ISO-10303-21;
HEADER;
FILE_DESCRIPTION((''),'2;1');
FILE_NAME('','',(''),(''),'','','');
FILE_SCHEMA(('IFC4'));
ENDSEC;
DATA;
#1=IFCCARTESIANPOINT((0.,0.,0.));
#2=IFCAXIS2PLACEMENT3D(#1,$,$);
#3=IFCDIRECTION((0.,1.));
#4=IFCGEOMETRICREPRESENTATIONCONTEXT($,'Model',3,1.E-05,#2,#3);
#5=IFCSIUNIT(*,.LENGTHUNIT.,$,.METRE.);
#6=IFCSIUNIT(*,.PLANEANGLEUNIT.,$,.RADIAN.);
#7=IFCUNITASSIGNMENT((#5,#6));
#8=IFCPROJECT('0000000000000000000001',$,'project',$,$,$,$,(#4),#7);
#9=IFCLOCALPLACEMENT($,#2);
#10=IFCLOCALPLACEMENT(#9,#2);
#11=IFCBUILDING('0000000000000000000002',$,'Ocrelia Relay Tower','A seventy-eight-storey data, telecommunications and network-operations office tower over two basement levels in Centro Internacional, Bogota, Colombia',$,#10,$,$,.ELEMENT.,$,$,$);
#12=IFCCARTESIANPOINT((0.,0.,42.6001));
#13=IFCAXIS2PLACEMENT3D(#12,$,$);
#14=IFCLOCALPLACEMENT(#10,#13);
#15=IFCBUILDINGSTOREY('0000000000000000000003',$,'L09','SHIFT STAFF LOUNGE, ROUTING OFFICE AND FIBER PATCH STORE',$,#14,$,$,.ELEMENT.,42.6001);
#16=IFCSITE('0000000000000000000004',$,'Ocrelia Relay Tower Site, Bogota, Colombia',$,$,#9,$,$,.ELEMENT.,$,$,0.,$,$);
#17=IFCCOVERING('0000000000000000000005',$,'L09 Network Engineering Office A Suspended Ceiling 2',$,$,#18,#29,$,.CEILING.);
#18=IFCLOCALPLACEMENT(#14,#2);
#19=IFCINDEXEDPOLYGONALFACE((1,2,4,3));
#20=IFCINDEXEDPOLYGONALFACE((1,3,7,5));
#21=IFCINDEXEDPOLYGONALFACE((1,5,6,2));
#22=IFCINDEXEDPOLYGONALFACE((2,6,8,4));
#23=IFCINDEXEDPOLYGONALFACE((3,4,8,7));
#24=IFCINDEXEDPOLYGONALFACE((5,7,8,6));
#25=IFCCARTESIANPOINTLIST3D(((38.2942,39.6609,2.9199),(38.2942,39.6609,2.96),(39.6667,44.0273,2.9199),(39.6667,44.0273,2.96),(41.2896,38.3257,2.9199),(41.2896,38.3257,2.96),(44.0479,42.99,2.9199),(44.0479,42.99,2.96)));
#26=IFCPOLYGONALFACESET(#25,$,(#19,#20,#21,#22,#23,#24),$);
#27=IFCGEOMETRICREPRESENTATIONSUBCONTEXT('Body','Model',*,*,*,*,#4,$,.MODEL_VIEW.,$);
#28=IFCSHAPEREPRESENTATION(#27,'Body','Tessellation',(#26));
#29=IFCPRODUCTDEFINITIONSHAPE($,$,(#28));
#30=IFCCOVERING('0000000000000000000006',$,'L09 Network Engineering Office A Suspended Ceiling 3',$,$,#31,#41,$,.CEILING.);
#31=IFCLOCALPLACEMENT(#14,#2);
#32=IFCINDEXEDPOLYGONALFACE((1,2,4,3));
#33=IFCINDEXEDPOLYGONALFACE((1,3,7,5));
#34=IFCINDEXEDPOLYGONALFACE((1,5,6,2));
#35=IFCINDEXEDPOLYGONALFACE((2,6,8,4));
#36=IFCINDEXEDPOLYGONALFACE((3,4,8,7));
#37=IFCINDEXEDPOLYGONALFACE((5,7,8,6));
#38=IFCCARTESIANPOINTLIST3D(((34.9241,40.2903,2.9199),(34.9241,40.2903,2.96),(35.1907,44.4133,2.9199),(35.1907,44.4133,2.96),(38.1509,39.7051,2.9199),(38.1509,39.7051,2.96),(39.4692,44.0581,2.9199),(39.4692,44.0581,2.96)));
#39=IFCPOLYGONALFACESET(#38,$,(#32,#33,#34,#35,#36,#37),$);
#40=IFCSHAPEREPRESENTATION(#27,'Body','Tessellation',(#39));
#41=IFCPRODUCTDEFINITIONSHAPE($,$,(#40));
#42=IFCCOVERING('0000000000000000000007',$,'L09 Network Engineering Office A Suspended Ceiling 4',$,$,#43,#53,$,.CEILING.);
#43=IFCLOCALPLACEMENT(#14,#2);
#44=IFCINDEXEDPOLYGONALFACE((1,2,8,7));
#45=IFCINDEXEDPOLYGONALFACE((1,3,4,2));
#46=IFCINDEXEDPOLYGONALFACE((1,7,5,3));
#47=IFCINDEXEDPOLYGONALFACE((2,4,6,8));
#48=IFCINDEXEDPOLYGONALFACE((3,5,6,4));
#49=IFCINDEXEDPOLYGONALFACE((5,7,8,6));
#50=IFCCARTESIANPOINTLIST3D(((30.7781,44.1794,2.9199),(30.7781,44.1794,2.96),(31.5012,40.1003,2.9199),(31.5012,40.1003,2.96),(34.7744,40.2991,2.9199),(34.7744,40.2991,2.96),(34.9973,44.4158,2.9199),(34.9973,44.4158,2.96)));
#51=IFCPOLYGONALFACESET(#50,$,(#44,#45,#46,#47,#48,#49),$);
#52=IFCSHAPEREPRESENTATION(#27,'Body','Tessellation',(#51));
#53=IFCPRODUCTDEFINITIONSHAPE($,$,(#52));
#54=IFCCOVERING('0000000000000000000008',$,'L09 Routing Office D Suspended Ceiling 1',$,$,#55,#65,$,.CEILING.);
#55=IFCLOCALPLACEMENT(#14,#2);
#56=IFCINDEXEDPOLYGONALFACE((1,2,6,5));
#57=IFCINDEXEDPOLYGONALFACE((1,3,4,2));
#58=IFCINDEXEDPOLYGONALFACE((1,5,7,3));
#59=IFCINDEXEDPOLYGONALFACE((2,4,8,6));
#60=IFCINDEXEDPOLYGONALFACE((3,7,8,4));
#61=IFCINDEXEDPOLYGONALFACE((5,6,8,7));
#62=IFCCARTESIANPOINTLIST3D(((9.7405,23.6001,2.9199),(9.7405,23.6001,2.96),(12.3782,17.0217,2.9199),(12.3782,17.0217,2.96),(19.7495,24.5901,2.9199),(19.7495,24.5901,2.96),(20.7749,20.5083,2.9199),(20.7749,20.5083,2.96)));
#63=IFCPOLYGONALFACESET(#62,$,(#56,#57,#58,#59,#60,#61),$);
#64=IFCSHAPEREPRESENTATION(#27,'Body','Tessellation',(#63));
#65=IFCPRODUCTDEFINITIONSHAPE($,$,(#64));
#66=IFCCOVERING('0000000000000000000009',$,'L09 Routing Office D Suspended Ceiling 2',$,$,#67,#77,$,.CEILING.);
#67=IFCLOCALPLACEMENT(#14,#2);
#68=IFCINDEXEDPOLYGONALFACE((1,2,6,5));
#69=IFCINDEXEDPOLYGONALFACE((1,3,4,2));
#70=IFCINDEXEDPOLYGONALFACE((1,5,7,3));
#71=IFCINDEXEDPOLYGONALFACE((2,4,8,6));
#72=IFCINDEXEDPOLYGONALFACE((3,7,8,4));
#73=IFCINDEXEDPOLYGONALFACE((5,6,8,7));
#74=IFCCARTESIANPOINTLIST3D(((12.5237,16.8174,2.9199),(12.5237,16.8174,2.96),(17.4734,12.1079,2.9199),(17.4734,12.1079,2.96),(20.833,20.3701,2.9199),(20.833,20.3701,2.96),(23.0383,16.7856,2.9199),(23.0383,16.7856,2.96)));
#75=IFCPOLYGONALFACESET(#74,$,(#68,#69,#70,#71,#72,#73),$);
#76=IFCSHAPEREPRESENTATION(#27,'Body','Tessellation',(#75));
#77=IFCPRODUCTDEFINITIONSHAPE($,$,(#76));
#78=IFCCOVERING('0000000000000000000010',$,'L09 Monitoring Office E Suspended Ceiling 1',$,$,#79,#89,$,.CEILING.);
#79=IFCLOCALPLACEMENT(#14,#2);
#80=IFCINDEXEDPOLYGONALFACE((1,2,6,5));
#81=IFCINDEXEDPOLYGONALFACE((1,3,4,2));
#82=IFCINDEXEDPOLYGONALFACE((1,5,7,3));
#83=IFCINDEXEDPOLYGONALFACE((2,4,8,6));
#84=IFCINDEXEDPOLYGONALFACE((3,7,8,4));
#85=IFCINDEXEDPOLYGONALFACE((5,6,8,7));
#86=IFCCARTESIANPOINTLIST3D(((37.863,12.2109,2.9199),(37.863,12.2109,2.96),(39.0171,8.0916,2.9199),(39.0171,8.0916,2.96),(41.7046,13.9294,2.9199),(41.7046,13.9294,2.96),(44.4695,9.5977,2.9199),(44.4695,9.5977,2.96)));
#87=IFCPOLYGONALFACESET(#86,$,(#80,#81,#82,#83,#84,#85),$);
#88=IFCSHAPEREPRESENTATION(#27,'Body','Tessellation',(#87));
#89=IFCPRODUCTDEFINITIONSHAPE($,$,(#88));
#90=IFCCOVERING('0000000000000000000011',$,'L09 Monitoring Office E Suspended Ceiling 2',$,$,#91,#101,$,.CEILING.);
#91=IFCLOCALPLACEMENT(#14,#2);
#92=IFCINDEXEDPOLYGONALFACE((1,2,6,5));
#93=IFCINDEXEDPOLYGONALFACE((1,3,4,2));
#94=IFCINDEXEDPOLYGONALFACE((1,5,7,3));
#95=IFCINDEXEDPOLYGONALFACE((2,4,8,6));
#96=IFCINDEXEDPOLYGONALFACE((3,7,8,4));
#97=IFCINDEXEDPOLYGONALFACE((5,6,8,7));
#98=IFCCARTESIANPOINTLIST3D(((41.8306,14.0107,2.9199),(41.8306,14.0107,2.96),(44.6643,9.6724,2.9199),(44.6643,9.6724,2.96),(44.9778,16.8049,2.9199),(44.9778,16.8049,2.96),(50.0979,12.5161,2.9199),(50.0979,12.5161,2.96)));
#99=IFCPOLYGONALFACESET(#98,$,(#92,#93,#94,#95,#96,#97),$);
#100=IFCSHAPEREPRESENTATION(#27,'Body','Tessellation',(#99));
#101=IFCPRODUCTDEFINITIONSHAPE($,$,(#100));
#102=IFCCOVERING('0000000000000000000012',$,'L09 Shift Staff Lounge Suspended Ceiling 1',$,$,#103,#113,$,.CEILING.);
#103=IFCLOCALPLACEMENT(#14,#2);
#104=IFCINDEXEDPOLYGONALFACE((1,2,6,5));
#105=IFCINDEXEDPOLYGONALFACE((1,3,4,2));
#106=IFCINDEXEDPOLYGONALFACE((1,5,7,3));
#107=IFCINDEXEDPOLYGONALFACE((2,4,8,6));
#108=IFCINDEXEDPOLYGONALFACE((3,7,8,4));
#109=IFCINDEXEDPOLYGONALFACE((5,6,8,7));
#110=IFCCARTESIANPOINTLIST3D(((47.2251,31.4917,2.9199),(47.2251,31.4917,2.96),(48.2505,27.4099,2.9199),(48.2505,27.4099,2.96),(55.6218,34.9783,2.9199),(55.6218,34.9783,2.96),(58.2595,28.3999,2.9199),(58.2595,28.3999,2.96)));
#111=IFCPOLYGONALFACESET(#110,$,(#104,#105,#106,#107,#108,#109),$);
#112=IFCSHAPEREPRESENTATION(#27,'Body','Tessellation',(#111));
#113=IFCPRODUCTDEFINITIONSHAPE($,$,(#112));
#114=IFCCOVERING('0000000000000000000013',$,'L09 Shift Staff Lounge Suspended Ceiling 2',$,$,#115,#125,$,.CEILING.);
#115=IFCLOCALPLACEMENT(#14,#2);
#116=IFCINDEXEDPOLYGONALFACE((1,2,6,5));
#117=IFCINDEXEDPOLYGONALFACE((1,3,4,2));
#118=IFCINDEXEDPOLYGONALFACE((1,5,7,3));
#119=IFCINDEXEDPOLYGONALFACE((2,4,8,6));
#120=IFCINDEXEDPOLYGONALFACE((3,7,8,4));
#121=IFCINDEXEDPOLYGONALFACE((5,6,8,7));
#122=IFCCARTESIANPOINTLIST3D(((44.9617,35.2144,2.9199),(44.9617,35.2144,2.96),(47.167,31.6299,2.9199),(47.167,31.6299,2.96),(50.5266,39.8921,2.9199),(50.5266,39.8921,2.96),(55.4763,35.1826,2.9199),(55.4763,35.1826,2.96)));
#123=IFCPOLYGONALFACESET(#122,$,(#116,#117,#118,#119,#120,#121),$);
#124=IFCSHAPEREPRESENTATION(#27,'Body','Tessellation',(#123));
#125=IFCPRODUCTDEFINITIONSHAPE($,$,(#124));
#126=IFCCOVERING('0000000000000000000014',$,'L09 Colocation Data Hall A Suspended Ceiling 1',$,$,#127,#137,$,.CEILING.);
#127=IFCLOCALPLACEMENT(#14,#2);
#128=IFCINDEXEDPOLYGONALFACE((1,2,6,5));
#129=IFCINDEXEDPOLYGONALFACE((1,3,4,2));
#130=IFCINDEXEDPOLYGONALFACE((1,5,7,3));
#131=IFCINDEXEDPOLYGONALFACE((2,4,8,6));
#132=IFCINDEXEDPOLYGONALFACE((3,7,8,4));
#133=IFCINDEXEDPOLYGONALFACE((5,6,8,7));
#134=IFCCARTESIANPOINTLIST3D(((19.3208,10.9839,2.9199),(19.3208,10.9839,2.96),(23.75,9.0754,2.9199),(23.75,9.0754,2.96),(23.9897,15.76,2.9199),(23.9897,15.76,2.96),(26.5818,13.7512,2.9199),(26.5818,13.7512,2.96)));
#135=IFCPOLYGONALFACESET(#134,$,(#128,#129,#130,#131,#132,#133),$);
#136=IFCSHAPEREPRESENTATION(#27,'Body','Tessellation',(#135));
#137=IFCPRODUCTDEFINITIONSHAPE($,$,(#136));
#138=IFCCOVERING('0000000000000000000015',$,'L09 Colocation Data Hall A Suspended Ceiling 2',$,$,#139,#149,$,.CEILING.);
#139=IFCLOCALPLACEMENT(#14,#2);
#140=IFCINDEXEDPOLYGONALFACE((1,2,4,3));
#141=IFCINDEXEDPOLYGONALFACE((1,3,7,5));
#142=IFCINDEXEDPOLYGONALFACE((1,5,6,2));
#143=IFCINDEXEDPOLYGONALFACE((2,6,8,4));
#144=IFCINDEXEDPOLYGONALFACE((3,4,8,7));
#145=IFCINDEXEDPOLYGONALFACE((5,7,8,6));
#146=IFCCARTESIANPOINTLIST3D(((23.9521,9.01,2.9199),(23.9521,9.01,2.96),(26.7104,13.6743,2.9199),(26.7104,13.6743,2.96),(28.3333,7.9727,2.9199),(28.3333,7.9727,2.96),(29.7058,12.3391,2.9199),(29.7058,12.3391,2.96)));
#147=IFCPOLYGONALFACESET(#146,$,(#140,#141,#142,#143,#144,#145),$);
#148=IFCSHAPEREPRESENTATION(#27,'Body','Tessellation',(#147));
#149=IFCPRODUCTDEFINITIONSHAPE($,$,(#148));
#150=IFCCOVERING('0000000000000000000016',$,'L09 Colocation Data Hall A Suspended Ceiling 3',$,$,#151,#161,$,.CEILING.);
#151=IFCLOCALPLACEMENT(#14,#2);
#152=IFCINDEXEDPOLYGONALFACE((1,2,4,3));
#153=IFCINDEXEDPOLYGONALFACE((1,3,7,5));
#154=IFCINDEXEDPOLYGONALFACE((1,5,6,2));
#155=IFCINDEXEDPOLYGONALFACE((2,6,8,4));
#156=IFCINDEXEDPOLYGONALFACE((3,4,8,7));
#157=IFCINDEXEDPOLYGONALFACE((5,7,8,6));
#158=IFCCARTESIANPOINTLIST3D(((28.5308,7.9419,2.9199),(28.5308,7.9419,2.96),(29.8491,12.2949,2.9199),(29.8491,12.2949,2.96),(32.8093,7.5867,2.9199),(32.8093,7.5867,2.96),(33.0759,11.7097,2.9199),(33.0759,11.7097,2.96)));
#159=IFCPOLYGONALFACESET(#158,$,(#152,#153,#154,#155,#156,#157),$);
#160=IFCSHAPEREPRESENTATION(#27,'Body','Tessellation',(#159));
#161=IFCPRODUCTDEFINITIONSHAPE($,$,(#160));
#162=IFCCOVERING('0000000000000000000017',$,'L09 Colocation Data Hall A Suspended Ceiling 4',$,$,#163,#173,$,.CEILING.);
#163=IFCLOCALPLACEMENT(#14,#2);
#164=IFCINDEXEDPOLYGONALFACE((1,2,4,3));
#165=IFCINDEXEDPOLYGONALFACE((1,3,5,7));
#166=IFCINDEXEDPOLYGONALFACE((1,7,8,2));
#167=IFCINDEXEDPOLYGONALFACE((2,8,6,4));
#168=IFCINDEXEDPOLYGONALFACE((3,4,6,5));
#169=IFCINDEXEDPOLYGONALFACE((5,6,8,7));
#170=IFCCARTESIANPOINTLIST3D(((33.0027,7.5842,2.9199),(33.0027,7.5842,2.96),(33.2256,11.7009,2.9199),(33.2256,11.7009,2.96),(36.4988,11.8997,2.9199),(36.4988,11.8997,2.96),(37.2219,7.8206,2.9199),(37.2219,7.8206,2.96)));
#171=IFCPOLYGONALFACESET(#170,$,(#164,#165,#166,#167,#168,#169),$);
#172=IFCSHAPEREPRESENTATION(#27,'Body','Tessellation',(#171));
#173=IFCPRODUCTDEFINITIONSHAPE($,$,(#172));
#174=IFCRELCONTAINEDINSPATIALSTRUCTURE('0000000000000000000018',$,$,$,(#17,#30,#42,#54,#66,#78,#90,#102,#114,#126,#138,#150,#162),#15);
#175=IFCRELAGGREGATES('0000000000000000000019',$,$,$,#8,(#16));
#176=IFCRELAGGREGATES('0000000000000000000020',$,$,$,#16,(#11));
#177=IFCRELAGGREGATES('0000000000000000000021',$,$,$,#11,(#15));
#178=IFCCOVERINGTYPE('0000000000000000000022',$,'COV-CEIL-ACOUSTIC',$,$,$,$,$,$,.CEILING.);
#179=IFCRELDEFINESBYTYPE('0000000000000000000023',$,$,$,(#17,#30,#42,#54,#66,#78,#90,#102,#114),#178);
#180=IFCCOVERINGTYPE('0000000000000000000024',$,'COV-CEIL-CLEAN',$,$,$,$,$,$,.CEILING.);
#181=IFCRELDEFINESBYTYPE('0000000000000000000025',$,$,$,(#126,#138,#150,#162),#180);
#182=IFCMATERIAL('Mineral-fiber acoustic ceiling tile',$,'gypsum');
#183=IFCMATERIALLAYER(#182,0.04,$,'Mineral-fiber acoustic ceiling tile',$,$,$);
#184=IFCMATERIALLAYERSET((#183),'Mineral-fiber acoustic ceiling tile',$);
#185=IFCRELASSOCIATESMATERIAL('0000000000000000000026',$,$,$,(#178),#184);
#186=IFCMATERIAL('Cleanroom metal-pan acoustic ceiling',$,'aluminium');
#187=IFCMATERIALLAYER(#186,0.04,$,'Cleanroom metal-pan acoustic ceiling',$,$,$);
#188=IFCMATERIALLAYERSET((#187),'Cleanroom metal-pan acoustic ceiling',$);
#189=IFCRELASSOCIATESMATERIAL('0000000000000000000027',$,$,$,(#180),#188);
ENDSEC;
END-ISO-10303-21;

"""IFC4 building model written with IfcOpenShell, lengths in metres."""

from ifc_helpers import new_model, si_unit, direction, frame, origin, place, context, subcontext, project, spatial, polyline, outline, extrude, material, layer, layer_set, type_object, element, save


model = new_model("IFC4")

# Units and contexts
model_context = context("Model", 3, precision=1e-05, world=origin(), true_north=direction((0.0, 1.0)))
body_context = subcontext(model_context, "Body", "Model", "MODEL_VIEW")
ifc_project = project(units=[si_unit("LENGTHUNIT", "METRE"), si_unit("PLANEANGLEUNIT", "RADIAN")], contexts=[model_context])

# Site, building, storey
site_placement = place(None, origin())
site = spatial("IfcSite", under=ifc_project, at=site_placement, Name="Ocrelia Relay Tower Site, Bogota, Colombia", CompositionType="ELEMENT", RefElevation=0.0)
building_placement = place(site_placement, origin())
building = spatial("IfcBuilding", under=site, at=building_placement, Name="Ocrelia Relay Tower", Description="A seventy-eight-storey data, telecommunications and network-operations office tower over two basement levels in Centro Internacional, Bogota, Colombia", CompositionType="ELEMENT")
storey_placement = place(building_placement, frame((0.0, 0.0, 42.6001)))
storey = spatial("IfcBuildingStorey", under=building, at=storey_placement, Name="L09", Description="SHIFT STAFF LOUNGE, ROUTING OFFICE AND FIBER PATCH STORE", CompositionType="ELEMENT", Elevation=42.6001)

# Coverings
ifc_material_1 = material(Name="Mineral-fiber acoustic ceiling tile", Category="gypsum")
ifc_layer_1 = layer(ifc_material_1, 0.04, Name="Mineral-fiber acoustic ceiling tile")
ifc_layer_set_1 = layer_set([ifc_layer_1], Name="Mineral-fiber acoustic ceiling tile")
covering_type_1 = type_object("IfcCoveringType", Name="COV-CEIL-ACOUSTIC", PredefinedType="CEILING", material=ifc_layer_set_1)
covering_1_placement = place(storey_placement, frame((0.0, 0.0, 2.9199)))
element("IfcCovering", 1, at=covering_1_placement, inside=storey, type_object=covering_type_1, Name="L09 Network Engineering Office A Suspended Ceiling 2", PredefinedType="CEILING", context=body_context, shape_type="SweptSolid", body=[
    extrude(outline(polyline([(41.2896, 38.3257), (44.0479, 42.99), (39.6667, 44.0273), (38.2942, 39.6609), (41.2896, 38.3257)])), origin(), (0.0, 0.0, 1.0), 0.04),
])
covering_2_placement = place(storey_placement, frame((0.0, 0.0, 2.9199)))
element("IfcCovering", 2, at=covering_2_placement, inside=storey, type_object=covering_type_1, Name="L09 Network Engineering Office A Suspended Ceiling 3", PredefinedType="CEILING", context=body_context, shape_type="SweptSolid", body=[
    extrude(outline(polyline([(38.1509, 39.7051), (39.4692, 44.0581), (35.1907, 44.4133), (34.9241, 40.2903), (38.1509, 39.7051)])), origin(), (0.0, 0.0, 1.0), 0.04),
])
covering_3_placement = place(storey_placement, frame((0.0, 0.0, 2.9199)))
element("IfcCovering", 3, at=covering_3_placement, inside=storey, type_object=covering_type_1, Name="L09 Network Engineering Office A Suspended Ceiling 4", PredefinedType="CEILING", context=body_context, shape_type="SweptSolid", body=[
    extrude(outline(polyline([(34.7744, 40.2991), (34.9973, 44.4158), (30.7781, 44.1794), (31.5012, 40.1003), (34.7744, 40.2991)])), origin(), (0.0, 0.0, 1.0), 0.04),
])
covering_4_placement = place(storey_placement, frame((0.0, 0.0, 2.9199)))
element("IfcCovering", 4, at=covering_4_placement, inside=storey, type_object=covering_type_1, Name="L09 Routing Office D Suspended Ceiling 1", PredefinedType="CEILING", context=body_context, shape_type="SweptSolid", body=[
    extrude(outline(polyline([(19.7495, 24.5901), (9.7405, 23.6001), (12.3782, 17.0217), (20.7749, 20.5083), (19.7495, 24.5901)])), origin(), (0.0, 0.0, 1.0), 0.04),
])
covering_5_placement = place(storey_placement, frame((0.0, 0.0, 2.9199)))
element("IfcCovering", 5, at=covering_5_placement, inside=storey, type_object=covering_type_1, Name="L09 Routing Office D Suspended Ceiling 2", PredefinedType="CEILING", context=body_context, shape_type="SweptSolid", body=[
    extrude(outline(polyline([(20.833, 20.3701), (12.5237, 16.8174), (17.4734, 12.1079), (23.0383, 16.7856), (20.833, 20.3701)])), origin(), (0.0, 0.0, 1.0), 0.04),
])
covering_6_placement = place(storey_placement, frame((0.0, 0.0, 2.9199)))
element("IfcCovering", 6, at=covering_6_placement, inside=storey, type_object=covering_type_1, Name="L09 Monitoring Office E Suspended Ceiling 1", PredefinedType="CEILING", context=body_context, shape_type="SweptSolid", body=[
    extrude(outline(polyline([(37.863, 12.2109), (39.0171, 8.0916), (44.4695, 9.5977), (41.7046, 13.9294), (37.863, 12.2109)])), origin(), (0.0, 0.0, 1.0), 0.04),
])
covering_7_placement = place(storey_placement, frame((0.0, 0.0, 2.9199)))
element("IfcCovering", 7, at=covering_7_placement, inside=storey, type_object=covering_type_1, Name="L09 Monitoring Office E Suspended Ceiling 2", PredefinedType="CEILING", context=body_context, shape_type="SweptSolid", body=[
    extrude(outline(polyline([(41.8306, 14.0107), (44.6643, 9.6724), (50.0979, 12.5161), (44.9778, 16.8049), (41.8306, 14.0107)])), origin(), (0.0, 0.0, 1.0), 0.04),
])
covering_8_placement = place(storey_placement, frame((0.0, 0.0, 2.9199)))
element("IfcCovering", 8, at=covering_8_placement, inside=storey, type_object=covering_type_1, Name="L09 Shift Staff Lounge Suspended Ceiling 1", PredefinedType="CEILING", context=body_context, shape_type="SweptSolid", body=[
    extrude(outline(polyline([(48.2505, 27.4099), (58.2595, 28.3999), (55.6218, 34.9783), (47.2251, 31.4917), (48.2505, 27.4099)])), origin(), (0.0, 0.0, 1.0), 0.04),
])
covering_9_placement = place(storey_placement, frame((0.0, 0.0, 2.9199)))
element("IfcCovering", 9, at=covering_9_placement, inside=storey, type_object=covering_type_1, Name="L09 Shift Staff Lounge Suspended Ceiling 2", PredefinedType="CEILING", context=body_context, shape_type="SweptSolid", body=[
    extrude(outline(polyline([(47.167, 31.6299), (55.4763, 35.1826), (50.5266, 39.8921), (44.9617, 35.2144), (47.167, 31.6299)])), origin(), (0.0, 0.0, 1.0), 0.04),
])
ifc_material_2 = material(Name="Cleanroom metal-pan acoustic ceiling", Category="aluminium")
ifc_layer_2 = layer(ifc_material_2, 0.04, Name="Cleanroom metal-pan acoustic ceiling")
ifc_layer_set_2 = layer_set([ifc_layer_2], Name="Cleanroom metal-pan acoustic ceiling")
covering_type_2 = type_object("IfcCoveringType", Name="COV-CEIL-CLEAN", PredefinedType="CEILING", material=ifc_layer_set_2)
covering_10_placement = place(storey_placement, frame((0.0, 0.0, 2.9199)))
element("IfcCovering", 10, at=covering_10_placement, inside=storey, type_object=covering_type_2, Name="L09 Colocation Data Hall A Suspended Ceiling 1", PredefinedType="CEILING", context=body_context, shape_type="SweptSolid", body=[
    extrude(outline(polyline([(23.9897, 15.76), (19.3208, 10.9839), (23.75, 9.0754), (26.5818, 13.7512), (23.9897, 15.76)])), origin(), (0.0, 0.0, 1.0), 0.04),
])
covering_11_placement = place(storey_placement, frame((0.0, 0.0, 2.9199)))
element("IfcCovering", 11, at=covering_11_placement, inside=storey, type_object=covering_type_2, Name="L09 Colocation Data Hall A Suspended Ceiling 2", PredefinedType="CEILING", context=body_context, shape_type="SweptSolid", body=[
    extrude(outline(polyline([(26.7104, 13.6743), (23.9521, 9.01), (28.3333, 7.9727), (29.7058, 12.3391), (26.7104, 13.6743)])), origin(), (0.0, 0.0, 1.0), 0.04),
])
covering_12_placement = place(storey_placement, frame((0.0, 0.0, 2.9199)))
element("IfcCovering", 12, at=covering_12_placement, inside=storey, type_object=covering_type_2, Name="L09 Colocation Data Hall A Suspended Ceiling 3", PredefinedType="CEILING", context=body_context, shape_type="SweptSolid", body=[
    extrude(outline(polyline([(29.8491, 12.2949), (28.5308, 7.9419), (32.8093, 7.5867), (33.0759, 11.7097), (29.8491, 12.2949)])), origin(), (0.0, 0.0, 1.0), 0.04),
])
covering_13_placement = place(storey_placement, frame((0.0, 0.0, 2.9199)))
element("IfcCovering", 13, at=covering_13_placement, inside=storey, type_object=covering_type_2, Name="L09 Colocation Data Hall A Suspended Ceiling 4", PredefinedType="CEILING", context=body_context, shape_type="SweptSolid", body=[
    extrude(outline(polyline([(33.2256, 11.7009), (33.0027, 7.5842), (37.2219, 7.8206), (36.4988, 11.8997), (33.2256, 11.7009)])), origin(), (0.0, 0.0, 1.0), 0.04),
])

save(model, "model.ifc")
